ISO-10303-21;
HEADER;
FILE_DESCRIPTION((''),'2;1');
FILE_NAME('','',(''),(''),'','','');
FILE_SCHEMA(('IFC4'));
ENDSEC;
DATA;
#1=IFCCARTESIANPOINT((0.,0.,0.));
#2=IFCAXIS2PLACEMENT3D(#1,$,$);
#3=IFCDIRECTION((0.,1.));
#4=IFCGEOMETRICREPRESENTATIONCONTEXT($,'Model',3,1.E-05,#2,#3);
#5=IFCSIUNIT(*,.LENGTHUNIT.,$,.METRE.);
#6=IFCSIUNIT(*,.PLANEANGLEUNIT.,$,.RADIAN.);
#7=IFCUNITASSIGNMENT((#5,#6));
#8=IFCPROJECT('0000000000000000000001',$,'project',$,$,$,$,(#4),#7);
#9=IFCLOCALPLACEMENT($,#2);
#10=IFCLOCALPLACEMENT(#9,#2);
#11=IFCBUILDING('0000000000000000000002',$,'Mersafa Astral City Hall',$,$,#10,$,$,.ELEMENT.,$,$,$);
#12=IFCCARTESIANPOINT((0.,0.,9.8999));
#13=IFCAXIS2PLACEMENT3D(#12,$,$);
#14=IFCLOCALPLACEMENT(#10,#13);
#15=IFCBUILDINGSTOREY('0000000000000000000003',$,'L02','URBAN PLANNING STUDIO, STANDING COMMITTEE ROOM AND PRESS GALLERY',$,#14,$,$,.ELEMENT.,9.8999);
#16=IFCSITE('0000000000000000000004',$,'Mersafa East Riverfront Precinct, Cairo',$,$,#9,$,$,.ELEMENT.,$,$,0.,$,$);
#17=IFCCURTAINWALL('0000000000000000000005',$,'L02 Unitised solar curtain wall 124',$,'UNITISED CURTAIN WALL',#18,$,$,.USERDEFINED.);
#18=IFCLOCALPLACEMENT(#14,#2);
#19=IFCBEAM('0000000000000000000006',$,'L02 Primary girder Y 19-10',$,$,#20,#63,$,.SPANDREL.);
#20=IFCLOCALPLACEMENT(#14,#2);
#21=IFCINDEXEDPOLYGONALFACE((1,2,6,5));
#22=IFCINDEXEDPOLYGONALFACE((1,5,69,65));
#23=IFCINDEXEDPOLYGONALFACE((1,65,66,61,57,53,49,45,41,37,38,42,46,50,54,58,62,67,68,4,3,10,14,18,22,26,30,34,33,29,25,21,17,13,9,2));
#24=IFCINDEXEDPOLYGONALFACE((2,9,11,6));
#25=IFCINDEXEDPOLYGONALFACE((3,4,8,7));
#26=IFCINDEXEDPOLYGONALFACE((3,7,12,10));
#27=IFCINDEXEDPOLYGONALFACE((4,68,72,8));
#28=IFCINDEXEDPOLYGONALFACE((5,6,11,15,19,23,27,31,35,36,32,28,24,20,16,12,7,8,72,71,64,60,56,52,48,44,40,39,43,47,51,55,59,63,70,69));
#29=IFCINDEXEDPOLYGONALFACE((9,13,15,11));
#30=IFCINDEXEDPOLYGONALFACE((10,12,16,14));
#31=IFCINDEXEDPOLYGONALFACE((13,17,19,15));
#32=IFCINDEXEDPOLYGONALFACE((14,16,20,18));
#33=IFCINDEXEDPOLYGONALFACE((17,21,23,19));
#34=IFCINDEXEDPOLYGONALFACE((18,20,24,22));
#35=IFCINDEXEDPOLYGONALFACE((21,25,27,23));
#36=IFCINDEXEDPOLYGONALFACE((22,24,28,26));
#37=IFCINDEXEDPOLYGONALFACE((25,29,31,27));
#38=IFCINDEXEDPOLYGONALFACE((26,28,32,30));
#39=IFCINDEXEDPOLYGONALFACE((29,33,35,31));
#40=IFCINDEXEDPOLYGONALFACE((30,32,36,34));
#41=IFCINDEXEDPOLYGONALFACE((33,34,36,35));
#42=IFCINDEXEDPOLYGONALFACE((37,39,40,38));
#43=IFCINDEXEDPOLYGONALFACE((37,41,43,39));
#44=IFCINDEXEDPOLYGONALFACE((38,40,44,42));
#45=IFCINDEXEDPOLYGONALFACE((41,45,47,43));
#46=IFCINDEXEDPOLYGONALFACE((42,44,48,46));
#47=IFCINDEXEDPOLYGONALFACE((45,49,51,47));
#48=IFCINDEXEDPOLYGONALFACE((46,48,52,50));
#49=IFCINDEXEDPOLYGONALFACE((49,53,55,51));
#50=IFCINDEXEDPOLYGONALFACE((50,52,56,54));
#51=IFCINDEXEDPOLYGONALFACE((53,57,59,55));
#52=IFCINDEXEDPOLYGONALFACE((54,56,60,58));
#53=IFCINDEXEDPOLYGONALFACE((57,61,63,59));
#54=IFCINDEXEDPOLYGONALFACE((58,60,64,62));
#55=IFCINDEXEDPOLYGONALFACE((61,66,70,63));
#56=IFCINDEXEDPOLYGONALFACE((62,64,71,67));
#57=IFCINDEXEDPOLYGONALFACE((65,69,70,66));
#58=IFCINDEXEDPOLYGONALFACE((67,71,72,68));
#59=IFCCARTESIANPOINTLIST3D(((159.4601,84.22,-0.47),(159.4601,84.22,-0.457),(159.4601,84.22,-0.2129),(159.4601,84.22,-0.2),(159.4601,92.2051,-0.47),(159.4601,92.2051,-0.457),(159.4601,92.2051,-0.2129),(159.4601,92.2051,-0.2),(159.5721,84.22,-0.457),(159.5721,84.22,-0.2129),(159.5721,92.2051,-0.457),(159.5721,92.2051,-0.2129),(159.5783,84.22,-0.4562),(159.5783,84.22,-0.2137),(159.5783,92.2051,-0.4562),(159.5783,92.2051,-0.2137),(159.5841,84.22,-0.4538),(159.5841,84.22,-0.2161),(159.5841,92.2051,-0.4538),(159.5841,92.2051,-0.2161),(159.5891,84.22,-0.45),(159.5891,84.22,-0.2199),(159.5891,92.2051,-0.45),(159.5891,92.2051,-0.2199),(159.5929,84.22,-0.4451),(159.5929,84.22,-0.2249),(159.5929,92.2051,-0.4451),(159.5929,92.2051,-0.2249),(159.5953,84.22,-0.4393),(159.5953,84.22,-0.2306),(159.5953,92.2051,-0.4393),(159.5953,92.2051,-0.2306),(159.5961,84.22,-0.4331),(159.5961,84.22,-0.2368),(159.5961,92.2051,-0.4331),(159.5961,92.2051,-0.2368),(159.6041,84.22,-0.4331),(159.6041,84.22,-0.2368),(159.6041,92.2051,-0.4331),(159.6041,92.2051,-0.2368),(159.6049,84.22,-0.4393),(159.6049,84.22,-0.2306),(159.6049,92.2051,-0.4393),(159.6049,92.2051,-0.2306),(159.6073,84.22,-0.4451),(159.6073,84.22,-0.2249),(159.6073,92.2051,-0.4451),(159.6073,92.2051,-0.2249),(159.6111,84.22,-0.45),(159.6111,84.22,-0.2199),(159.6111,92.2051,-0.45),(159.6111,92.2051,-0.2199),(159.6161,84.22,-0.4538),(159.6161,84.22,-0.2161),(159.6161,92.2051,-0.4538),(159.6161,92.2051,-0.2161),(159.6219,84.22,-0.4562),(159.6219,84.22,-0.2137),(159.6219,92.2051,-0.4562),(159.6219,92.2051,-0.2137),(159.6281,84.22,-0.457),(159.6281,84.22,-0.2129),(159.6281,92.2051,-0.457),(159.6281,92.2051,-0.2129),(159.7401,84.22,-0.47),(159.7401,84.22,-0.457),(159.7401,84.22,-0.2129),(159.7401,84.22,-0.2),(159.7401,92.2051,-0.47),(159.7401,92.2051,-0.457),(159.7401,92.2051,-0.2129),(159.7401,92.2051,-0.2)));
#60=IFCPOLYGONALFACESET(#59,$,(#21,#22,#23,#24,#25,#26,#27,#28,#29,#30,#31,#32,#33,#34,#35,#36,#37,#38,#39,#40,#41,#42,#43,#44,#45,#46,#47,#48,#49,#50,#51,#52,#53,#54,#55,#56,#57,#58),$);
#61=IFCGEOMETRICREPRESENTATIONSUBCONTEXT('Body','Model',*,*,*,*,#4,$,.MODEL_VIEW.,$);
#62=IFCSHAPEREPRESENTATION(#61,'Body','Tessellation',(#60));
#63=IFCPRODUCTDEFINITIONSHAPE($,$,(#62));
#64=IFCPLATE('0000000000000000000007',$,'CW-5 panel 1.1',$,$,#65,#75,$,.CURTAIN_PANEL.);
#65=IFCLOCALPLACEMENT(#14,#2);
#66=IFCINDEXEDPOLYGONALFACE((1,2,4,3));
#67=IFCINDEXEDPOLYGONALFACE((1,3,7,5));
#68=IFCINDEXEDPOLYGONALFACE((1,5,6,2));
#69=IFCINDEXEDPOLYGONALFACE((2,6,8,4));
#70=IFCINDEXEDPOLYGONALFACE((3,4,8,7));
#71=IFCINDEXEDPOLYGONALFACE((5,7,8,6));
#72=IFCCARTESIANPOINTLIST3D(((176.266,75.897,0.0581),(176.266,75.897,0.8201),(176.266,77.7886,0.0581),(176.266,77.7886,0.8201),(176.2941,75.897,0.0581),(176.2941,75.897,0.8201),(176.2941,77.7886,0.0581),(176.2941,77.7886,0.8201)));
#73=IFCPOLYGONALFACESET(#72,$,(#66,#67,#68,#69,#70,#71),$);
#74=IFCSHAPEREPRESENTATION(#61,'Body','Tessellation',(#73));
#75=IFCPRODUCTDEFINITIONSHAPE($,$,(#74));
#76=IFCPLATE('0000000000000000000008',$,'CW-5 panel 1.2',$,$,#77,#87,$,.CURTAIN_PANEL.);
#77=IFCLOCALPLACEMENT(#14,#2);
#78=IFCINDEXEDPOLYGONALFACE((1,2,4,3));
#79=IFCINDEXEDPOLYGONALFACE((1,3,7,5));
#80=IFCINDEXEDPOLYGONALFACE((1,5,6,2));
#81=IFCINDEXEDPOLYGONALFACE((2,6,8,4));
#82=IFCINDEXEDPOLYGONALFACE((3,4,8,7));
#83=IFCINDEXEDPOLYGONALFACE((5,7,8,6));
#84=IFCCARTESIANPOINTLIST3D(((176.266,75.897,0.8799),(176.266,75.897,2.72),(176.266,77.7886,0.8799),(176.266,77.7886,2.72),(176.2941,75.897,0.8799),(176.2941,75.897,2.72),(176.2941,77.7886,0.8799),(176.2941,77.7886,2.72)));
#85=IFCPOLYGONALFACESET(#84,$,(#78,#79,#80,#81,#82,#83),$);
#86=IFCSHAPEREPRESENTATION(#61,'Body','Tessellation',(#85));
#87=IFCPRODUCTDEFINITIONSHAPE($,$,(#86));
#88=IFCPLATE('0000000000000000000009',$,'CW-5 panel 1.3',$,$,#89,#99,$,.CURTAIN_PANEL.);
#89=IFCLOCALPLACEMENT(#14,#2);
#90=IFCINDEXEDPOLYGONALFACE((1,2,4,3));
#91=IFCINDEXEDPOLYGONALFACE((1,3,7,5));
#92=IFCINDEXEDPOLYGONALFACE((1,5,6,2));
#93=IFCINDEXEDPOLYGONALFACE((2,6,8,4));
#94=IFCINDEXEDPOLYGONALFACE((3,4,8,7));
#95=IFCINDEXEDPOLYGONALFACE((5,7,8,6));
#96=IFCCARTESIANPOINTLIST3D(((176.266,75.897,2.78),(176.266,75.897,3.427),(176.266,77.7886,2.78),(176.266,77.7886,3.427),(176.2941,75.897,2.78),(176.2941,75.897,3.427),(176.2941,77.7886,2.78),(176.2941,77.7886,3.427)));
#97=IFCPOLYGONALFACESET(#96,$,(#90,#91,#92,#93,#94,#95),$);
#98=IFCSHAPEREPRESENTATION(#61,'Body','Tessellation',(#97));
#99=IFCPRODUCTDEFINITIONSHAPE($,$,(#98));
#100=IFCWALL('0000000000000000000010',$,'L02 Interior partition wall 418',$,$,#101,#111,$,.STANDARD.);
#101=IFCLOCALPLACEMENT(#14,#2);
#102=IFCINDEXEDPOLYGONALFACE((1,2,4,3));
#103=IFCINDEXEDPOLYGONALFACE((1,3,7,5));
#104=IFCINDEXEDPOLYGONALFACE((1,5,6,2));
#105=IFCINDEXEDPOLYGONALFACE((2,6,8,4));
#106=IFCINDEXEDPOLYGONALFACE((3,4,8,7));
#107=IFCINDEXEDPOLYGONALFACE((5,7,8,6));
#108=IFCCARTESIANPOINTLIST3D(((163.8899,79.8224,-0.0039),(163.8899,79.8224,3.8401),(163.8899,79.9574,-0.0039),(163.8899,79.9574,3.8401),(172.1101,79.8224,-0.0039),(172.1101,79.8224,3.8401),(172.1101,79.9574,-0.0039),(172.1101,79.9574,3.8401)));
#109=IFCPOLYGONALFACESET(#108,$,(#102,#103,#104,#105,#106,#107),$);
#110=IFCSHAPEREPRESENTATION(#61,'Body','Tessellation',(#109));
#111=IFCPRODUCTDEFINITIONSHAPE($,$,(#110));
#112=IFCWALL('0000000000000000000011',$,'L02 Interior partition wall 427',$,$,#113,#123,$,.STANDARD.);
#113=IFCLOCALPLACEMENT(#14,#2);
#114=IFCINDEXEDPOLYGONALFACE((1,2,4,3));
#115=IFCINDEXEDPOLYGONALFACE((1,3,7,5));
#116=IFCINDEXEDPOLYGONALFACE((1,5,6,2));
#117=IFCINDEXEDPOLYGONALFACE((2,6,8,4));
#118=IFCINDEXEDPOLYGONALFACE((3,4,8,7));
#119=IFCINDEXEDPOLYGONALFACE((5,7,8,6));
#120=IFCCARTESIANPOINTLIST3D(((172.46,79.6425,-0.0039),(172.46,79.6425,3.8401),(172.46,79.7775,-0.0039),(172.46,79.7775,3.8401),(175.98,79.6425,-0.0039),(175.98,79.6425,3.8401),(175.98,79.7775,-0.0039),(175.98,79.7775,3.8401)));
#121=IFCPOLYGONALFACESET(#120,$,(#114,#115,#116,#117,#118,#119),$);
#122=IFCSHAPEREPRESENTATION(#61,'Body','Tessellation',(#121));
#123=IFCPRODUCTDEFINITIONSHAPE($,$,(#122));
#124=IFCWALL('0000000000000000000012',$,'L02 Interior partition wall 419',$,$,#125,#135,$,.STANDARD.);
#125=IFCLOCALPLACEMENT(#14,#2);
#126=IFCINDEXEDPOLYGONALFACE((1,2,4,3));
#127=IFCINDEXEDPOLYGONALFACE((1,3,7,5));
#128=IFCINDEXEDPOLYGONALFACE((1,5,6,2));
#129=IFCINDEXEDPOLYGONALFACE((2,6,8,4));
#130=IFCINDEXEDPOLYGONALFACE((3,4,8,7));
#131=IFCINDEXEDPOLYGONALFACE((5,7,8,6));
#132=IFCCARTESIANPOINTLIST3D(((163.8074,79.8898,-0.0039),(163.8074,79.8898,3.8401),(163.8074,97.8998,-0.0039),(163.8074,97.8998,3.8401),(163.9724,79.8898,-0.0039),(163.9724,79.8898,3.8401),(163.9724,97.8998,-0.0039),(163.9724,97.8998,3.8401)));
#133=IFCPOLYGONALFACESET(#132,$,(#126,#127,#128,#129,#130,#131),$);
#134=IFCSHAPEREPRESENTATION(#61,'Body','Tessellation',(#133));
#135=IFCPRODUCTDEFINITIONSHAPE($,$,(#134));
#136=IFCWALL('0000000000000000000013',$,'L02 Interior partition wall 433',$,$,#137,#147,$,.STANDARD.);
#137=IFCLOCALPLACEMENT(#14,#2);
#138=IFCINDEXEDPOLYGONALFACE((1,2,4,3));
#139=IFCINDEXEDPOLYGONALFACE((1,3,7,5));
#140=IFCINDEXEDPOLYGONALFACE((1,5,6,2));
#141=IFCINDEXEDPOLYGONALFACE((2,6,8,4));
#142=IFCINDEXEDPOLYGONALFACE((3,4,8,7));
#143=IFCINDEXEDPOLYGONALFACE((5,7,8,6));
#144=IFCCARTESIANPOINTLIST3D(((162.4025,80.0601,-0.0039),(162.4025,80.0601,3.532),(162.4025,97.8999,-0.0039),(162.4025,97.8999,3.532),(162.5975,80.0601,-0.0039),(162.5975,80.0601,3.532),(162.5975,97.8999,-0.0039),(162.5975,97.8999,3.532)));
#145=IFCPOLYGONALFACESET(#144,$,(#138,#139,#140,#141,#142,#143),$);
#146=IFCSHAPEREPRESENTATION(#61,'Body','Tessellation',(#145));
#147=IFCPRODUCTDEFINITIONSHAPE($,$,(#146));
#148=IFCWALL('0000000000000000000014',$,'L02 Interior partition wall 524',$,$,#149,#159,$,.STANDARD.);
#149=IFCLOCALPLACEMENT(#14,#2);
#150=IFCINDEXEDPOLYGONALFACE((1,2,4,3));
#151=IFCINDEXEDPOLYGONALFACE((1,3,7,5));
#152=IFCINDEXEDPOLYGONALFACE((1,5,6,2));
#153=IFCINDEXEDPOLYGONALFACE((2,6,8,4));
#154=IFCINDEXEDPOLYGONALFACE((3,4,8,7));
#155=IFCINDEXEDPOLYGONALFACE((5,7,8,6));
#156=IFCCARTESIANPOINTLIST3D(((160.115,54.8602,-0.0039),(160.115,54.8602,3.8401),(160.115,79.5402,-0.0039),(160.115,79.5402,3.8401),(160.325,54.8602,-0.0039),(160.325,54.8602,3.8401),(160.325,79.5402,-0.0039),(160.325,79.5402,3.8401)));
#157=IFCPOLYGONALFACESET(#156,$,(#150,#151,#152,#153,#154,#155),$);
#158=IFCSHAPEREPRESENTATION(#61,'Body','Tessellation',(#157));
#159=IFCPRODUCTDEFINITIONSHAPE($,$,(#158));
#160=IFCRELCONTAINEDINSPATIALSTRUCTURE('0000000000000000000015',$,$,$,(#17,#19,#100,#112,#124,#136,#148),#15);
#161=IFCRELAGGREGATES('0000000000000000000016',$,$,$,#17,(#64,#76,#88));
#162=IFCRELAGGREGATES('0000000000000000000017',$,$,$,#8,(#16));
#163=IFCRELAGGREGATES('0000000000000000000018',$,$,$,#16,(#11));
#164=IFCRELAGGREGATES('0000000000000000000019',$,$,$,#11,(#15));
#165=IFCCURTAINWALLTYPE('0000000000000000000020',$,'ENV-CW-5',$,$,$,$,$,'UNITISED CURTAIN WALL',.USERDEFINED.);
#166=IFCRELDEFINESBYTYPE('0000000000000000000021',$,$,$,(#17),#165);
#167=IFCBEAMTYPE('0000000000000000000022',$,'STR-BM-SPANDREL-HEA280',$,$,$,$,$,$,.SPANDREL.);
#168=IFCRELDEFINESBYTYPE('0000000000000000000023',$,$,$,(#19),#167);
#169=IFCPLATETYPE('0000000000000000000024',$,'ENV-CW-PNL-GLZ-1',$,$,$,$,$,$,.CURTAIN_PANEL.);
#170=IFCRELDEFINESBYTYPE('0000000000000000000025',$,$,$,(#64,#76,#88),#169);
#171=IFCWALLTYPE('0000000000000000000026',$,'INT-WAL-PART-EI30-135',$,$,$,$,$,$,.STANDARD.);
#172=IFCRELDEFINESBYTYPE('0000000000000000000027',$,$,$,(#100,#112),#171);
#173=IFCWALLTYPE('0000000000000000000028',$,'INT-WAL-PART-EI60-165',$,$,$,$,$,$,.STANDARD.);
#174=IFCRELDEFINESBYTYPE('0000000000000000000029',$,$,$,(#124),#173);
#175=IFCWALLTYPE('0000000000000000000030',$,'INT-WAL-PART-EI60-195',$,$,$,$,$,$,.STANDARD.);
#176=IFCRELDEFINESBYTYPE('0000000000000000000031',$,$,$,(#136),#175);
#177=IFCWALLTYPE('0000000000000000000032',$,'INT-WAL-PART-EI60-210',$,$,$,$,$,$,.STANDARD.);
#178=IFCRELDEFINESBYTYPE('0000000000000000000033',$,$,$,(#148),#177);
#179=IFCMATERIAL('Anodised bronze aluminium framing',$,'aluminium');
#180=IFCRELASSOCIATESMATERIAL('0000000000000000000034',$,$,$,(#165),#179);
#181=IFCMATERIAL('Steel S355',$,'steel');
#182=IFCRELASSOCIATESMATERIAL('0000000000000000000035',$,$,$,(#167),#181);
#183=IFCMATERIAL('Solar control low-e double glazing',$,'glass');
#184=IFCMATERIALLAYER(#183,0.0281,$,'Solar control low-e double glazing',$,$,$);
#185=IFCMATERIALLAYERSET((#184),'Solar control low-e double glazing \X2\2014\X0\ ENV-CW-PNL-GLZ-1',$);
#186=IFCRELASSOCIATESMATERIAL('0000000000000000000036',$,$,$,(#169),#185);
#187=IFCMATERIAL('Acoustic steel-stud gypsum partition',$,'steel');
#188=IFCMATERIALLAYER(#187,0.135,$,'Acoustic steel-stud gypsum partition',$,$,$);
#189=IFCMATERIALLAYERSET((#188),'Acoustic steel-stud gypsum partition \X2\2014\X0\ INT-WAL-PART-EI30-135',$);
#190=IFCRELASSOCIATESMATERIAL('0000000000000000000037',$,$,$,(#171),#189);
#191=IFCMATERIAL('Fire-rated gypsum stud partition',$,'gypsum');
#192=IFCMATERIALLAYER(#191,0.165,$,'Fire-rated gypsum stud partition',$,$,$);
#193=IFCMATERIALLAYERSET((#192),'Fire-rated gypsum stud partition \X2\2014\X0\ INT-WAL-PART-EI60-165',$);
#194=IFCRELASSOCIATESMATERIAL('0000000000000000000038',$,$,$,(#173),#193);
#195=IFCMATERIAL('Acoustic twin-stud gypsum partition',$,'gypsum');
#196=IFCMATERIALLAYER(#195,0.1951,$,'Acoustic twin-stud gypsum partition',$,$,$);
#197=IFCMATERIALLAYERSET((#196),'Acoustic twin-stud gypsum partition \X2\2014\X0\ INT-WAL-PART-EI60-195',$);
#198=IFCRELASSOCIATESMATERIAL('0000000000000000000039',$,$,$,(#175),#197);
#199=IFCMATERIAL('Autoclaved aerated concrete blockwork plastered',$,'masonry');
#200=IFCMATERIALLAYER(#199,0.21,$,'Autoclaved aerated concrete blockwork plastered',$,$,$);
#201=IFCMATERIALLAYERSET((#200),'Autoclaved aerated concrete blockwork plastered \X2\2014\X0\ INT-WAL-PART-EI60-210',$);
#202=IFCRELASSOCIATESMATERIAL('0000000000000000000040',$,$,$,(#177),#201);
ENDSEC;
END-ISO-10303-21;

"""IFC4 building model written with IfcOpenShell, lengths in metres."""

from ifc_helpers import new_model, si_unit, direction, frame, frame_2d, origin, origin_2d, place, context, subcontext, project, spatial, rectangle, i_section, extrude, material, layer, layer_set, material_profile, profile_set, type_object, element, aggregate, save


model = new_model("IFC4")

# Units and contexts
model_context = context("Model", 3, precision=1e-05, world=origin(), true_north=direction((0.0, 1.0)))
body_context = subcontext(model_context, "Body", "Model", "MODEL_VIEW")
ifc_project = project(units=[si_unit("LENGTHUNIT", "METRE"), si_unit("PLANEANGLEUNIT", "RADIAN")], contexts=[model_context])

# Site, building, storey
site_placement = place(None, origin())
site = spatial("IfcSite", under=ifc_project, at=site_placement, Name="Mersafa East Riverfront Precinct, Cairo", CompositionType="ELEMENT", RefElevation=0.0)
building_placement = place(site_placement, origin())
building = spatial("IfcBuilding", under=site, at=building_placement, Name="Mersafa Astral City Hall", CompositionType="ELEMENT")
storey_placement = place(building_placement, frame((0.0, 0.0, 9.8999)))
storey = spatial("IfcBuildingStorey", under=building, at=storey_placement, Name="L02", Description="URBAN PLANNING STUDIO, STANDING COMMITTEE ROOM AND PRESS GALLERY", CompositionType="ELEMENT", Elevation=9.8999)

# Shared definitions
ifc_material_1 = material(Name="Steel S355", Category="steel")

# Curtain wall
ifc_material_2 = material(Name="Anodised bronze aluminium framing", Category="aluminium")
curtain_wall_type = type_object("IfcCurtainWallType", Name="ENV-CW-5", ElementType="UNITISED CURTAIN WALL", PredefinedType="USERDEFINED", material=ifc_material_2)
curtain_wall_placement = place(storey_placement, origin())
curtain_wall = element("IfcCurtainWall", 1, at=curtain_wall_placement, inside=storey, type_object=curtain_wall_type, Name="L02 Unitised solar curtain wall 124", ObjectType="UNITISED CURTAIN WALL", PredefinedType="USERDEFINED")

# Beam
ifc_material_profile_1 = material_profile(ifc_material_1, i_section(OverallWidth=0.28, OverallDepth=0.27, WebThickness=0.0081, FlangeThickness=0.0129, FilletRadius=0.0239, at=origin_2d()), Name="HEA 280")
ifc_profile_set_1 = profile_set([ifc_material_profile_1], Name="Steel S355")
beam_type_1 = type_object("IfcBeamType", Name="STR-BM-SPANDREL-HEA280", PredefinedType="SPANDREL", material=ifc_profile_set_1)
beam_1_placement = place(storey_placement, frame((159.6001, 84.22, -0.335), z_axis=(0.0, 1.0, 0.0), x_axis=(-1.0, 0.0, 0.0)))
element("IfcBeam", 2, at=beam_1_placement, inside=storey, type_object=beam_type_1, Name="L02 Primary girder Y 19-10", PredefinedType="SPANDREL", context=body_context, shape_type="SweptSolid", body=[
    extrude(i_section(OverallWidth=0.28, OverallDepth=0.27, WebThickness=0.0081, FlangeThickness=0.0129, FilletRadius=0.0239, at=origin_2d()), origin(), (0.0, 0.0, 1.0), 7.9851),
])

# Plates
ifc_material_3 = material(Name="Solar control low-e double glazing", Category="glass")
ifc_layer_1 = layer(ifc_material_3, 0.0281, Name="Solar control low-e double glazing")
ifc_layer_set_1 = layer_set([ifc_layer_1], Name="Solar control low-e double glazing — ENV-CW-PNL-GLZ-1")
plate_type = type_object("IfcPlateType", Name="ENV-CW-PNL-GLZ-1", PredefinedType="CURTAIN_PANEL", material=ifc_layer_set_1)
plate_1_placement = place(storey_placement, frame((176.28, 76.8428, 0.0581), z_axis=(0.0, 0.0, 1.0), x_axis=(0.0, 1.0, 0.0)))
plate_1 = element("IfcPlate", 3, at=plate_1_placement, type_object=plate_type, Name="CW-5 panel 1.1", PredefinedType="CURTAIN_PANEL", context=body_context, shape_type="SweptSolid", body=[
    extrude(rectangle(XDim=1.8916, YDim=0.0281, at=origin_2d()), origin(), (0.0, 0.0, 1.0), 0.762),
])
plate_2_placement = place(storey_placement, frame((176.28, 76.8428, 0.8799), z_axis=(0.0, 0.0, 1.0), x_axis=(0.0, 1.0, 0.0)))
plate_2 = element("IfcPlate", 4, at=plate_2_placement, type_object=plate_type, Name="CW-5 panel 1.2", PredefinedType="CURTAIN_PANEL", context=body_context, shape_type="SweptSolid", body=[
    extrude(rectangle(XDim=1.8916, YDim=0.0281, at=origin_2d()), origin(), (0.0, 0.0, 1.0), 1.8401),
])
plate_3_placement = place(storey_placement, frame((176.28, 76.8428, 2.78), z_axis=(0.0, 0.0, 1.0), x_axis=(0.0, 1.0, 0.0)))
plate_3 = element("IfcPlate", 5, at=plate_3_placement, type_object=plate_type, Name="CW-5 panel 1.3", PredefinedType="CURTAIN_PANEL", context=body_context, shape_type="SweptSolid", body=[
    extrude(rectangle(XDim=1.8916, YDim=0.0281, at=origin_2d()), origin(), (0.0, 0.0, 1.0), 0.647),
])
aggregate(curtain_wall, [plate_1, plate_2, plate_3])

# Walls
ifc_material_4 = material(Name="Acoustic steel-stud gypsum partition", Category="steel")
ifc_layer_2 = layer(ifc_material_4, 0.135, Name="Acoustic steel-stud gypsum partition")
ifc_layer_set_2 = layer_set([ifc_layer_2], Name="Acoustic steel-stud gypsum partition — INT-WAL-PART-EI30-135")
wall_type_1 = type_object("IfcWallType", Name="INT-WAL-PART-EI30-135", PredefinedType="STANDARD", material=ifc_layer_set_2)
wall_1_placement = place(storey_placement, frame((172.1101, 79.8899, -0.0039), z_axis=(0.0, 0.0, 1.0), x_axis=(-1.0, 0.0, 0.0)))
element("IfcWall", 6, at=wall_1_placement, inside=storey, type_object=wall_type_1, Name="L02 Interior partition wall 418", PredefinedType="STANDARD", context=body_context, shape_type="SweptSolid", body=[
    extrude(rectangle(XDim=8.2202, YDim=0.135, at=frame_2d((4.1101, 0.0))), origin(), (0.0, 0.0, 1.0), 3.844),
])
wall_2_placement = place(storey_placement, frame((172.46, 79.71, -0.0039), z_axis=(0.0, 0.0, 1.0), x_axis=(1.0, 0.0, 0.0)))
element("IfcWall", 7, at=wall_2_placement, inside=storey, type_object=wall_type_1, Name="L02 Interior partition wall 427", PredefinedType="STANDARD", context=body_context, shape_type="SweptSolid", body=[
    extrude(rectangle(XDim=3.52, YDim=0.135, at=frame_2d((1.76, 0.0))), origin(), (0.0, 0.0, 1.0), 3.844),
])
ifc_material_5 = material(Name="Fire-rated gypsum stud partition", Category="gypsum")
ifc_layer_3 = layer(ifc_material_5, 0.165, Name="Fire-rated gypsum stud partition")
ifc_layer_set_3 = layer_set([ifc_layer_3], Name="Fire-rated gypsum stud partition — INT-WAL-PART-EI60-165")
wall_type_2 = type_object("IfcWallType", Name="INT-WAL-PART-EI60-165", PredefinedType="STANDARD", material=ifc_layer_set_3)
wall_3_placement = place(storey_placement, frame((163.8899, 79.8899, -0.0039), z_axis=(0.0, 0.0, 1.0), x_axis=(0.0, 1.0, 0.0)))
element("IfcWall", 8, at=wall_3_placement, inside=storey, type_object=wall_type_2, Name="L02 Interior partition wall 419", PredefinedType="STANDARD", context=body_context, shape_type="SweptSolid", body=[
    extrude(rectangle(XDim=18.01, YDim=0.165, at=frame_2d((9.0049, 0.0))), origin(), (0.0, 0.0, 1.0), 3.844),
])
ifc_material_6 = material(Name="Acoustic twin-stud gypsum partition", Category="gypsum")
ifc_layer_4 = layer(ifc_material_6, 0.1951, Name="Acoustic twin-stud gypsum partition")
ifc_layer_set_4 = layer_set([ifc_layer_4], Name="Acoustic twin-stud gypsum partition — INT-WAL-PART-EI60-195")
wall_type_3 = type_object("IfcWallType", Name="INT-WAL-PART-EI60-195", PredefinedType="STANDARD", material=ifc_layer_set_4)
wall_4_placement = place(storey_placement, frame((162.5, 80.0601, -0.0039), z_axis=(0.0, 0.0, 1.0), x_axis=(0.0, 1.0, 0.0)))
element("IfcWall", 9, at=wall_4_placement, inside=storey, type_object=wall_type_3, Name="L02 Interior partition wall 433", PredefinedType="STANDARD", context=body_context, shape_type="SweptSolid", body=[
    extrude(rectangle(XDim=17.8398, YDim=0.1951, at=frame_2d((8.9199, 0.0))), origin(), (0.0, 0.0, 1.0), 3.5359),
])
ifc_material_7 = material(Name="Autoclaved aerated concrete blockwork plastered", Category="masonry")
ifc_layer_5 = layer(ifc_material_7, 0.21, Name="Autoclaved aerated concrete blockwork plastered")
ifc_layer_set_5 = layer_set([ifc_layer_5], Name="Autoclaved aerated concrete blockwork plastered — INT-WAL-PART-EI60-210")
wall_type_4 = type_object("IfcWallType", Name="INT-WAL-PART-EI60-210", PredefinedType="STANDARD", material=ifc_layer_set_5)
wall_5_placement = place(storey_placement, frame((160.22, 79.54, -0.0039), z_axis=(0.0, 0.0, 1.0), x_axis=(0.0, -1.0, 0.0)))
element("IfcWall", 10, at=wall_5_placement, inside=storey, type_object=wall_type_4, Name="L02 Interior partition wall 524", PredefinedType="STANDARD", context=body_context, shape_type="SweptSolid", body=[
    extrude(rectangle(XDim=24.6799, YDim=0.21, at=frame_2d((12.3398, 0.0))), origin(), (0.0, 0.0, 1.0), 3.844),
])

save(model, "model.ifc")
